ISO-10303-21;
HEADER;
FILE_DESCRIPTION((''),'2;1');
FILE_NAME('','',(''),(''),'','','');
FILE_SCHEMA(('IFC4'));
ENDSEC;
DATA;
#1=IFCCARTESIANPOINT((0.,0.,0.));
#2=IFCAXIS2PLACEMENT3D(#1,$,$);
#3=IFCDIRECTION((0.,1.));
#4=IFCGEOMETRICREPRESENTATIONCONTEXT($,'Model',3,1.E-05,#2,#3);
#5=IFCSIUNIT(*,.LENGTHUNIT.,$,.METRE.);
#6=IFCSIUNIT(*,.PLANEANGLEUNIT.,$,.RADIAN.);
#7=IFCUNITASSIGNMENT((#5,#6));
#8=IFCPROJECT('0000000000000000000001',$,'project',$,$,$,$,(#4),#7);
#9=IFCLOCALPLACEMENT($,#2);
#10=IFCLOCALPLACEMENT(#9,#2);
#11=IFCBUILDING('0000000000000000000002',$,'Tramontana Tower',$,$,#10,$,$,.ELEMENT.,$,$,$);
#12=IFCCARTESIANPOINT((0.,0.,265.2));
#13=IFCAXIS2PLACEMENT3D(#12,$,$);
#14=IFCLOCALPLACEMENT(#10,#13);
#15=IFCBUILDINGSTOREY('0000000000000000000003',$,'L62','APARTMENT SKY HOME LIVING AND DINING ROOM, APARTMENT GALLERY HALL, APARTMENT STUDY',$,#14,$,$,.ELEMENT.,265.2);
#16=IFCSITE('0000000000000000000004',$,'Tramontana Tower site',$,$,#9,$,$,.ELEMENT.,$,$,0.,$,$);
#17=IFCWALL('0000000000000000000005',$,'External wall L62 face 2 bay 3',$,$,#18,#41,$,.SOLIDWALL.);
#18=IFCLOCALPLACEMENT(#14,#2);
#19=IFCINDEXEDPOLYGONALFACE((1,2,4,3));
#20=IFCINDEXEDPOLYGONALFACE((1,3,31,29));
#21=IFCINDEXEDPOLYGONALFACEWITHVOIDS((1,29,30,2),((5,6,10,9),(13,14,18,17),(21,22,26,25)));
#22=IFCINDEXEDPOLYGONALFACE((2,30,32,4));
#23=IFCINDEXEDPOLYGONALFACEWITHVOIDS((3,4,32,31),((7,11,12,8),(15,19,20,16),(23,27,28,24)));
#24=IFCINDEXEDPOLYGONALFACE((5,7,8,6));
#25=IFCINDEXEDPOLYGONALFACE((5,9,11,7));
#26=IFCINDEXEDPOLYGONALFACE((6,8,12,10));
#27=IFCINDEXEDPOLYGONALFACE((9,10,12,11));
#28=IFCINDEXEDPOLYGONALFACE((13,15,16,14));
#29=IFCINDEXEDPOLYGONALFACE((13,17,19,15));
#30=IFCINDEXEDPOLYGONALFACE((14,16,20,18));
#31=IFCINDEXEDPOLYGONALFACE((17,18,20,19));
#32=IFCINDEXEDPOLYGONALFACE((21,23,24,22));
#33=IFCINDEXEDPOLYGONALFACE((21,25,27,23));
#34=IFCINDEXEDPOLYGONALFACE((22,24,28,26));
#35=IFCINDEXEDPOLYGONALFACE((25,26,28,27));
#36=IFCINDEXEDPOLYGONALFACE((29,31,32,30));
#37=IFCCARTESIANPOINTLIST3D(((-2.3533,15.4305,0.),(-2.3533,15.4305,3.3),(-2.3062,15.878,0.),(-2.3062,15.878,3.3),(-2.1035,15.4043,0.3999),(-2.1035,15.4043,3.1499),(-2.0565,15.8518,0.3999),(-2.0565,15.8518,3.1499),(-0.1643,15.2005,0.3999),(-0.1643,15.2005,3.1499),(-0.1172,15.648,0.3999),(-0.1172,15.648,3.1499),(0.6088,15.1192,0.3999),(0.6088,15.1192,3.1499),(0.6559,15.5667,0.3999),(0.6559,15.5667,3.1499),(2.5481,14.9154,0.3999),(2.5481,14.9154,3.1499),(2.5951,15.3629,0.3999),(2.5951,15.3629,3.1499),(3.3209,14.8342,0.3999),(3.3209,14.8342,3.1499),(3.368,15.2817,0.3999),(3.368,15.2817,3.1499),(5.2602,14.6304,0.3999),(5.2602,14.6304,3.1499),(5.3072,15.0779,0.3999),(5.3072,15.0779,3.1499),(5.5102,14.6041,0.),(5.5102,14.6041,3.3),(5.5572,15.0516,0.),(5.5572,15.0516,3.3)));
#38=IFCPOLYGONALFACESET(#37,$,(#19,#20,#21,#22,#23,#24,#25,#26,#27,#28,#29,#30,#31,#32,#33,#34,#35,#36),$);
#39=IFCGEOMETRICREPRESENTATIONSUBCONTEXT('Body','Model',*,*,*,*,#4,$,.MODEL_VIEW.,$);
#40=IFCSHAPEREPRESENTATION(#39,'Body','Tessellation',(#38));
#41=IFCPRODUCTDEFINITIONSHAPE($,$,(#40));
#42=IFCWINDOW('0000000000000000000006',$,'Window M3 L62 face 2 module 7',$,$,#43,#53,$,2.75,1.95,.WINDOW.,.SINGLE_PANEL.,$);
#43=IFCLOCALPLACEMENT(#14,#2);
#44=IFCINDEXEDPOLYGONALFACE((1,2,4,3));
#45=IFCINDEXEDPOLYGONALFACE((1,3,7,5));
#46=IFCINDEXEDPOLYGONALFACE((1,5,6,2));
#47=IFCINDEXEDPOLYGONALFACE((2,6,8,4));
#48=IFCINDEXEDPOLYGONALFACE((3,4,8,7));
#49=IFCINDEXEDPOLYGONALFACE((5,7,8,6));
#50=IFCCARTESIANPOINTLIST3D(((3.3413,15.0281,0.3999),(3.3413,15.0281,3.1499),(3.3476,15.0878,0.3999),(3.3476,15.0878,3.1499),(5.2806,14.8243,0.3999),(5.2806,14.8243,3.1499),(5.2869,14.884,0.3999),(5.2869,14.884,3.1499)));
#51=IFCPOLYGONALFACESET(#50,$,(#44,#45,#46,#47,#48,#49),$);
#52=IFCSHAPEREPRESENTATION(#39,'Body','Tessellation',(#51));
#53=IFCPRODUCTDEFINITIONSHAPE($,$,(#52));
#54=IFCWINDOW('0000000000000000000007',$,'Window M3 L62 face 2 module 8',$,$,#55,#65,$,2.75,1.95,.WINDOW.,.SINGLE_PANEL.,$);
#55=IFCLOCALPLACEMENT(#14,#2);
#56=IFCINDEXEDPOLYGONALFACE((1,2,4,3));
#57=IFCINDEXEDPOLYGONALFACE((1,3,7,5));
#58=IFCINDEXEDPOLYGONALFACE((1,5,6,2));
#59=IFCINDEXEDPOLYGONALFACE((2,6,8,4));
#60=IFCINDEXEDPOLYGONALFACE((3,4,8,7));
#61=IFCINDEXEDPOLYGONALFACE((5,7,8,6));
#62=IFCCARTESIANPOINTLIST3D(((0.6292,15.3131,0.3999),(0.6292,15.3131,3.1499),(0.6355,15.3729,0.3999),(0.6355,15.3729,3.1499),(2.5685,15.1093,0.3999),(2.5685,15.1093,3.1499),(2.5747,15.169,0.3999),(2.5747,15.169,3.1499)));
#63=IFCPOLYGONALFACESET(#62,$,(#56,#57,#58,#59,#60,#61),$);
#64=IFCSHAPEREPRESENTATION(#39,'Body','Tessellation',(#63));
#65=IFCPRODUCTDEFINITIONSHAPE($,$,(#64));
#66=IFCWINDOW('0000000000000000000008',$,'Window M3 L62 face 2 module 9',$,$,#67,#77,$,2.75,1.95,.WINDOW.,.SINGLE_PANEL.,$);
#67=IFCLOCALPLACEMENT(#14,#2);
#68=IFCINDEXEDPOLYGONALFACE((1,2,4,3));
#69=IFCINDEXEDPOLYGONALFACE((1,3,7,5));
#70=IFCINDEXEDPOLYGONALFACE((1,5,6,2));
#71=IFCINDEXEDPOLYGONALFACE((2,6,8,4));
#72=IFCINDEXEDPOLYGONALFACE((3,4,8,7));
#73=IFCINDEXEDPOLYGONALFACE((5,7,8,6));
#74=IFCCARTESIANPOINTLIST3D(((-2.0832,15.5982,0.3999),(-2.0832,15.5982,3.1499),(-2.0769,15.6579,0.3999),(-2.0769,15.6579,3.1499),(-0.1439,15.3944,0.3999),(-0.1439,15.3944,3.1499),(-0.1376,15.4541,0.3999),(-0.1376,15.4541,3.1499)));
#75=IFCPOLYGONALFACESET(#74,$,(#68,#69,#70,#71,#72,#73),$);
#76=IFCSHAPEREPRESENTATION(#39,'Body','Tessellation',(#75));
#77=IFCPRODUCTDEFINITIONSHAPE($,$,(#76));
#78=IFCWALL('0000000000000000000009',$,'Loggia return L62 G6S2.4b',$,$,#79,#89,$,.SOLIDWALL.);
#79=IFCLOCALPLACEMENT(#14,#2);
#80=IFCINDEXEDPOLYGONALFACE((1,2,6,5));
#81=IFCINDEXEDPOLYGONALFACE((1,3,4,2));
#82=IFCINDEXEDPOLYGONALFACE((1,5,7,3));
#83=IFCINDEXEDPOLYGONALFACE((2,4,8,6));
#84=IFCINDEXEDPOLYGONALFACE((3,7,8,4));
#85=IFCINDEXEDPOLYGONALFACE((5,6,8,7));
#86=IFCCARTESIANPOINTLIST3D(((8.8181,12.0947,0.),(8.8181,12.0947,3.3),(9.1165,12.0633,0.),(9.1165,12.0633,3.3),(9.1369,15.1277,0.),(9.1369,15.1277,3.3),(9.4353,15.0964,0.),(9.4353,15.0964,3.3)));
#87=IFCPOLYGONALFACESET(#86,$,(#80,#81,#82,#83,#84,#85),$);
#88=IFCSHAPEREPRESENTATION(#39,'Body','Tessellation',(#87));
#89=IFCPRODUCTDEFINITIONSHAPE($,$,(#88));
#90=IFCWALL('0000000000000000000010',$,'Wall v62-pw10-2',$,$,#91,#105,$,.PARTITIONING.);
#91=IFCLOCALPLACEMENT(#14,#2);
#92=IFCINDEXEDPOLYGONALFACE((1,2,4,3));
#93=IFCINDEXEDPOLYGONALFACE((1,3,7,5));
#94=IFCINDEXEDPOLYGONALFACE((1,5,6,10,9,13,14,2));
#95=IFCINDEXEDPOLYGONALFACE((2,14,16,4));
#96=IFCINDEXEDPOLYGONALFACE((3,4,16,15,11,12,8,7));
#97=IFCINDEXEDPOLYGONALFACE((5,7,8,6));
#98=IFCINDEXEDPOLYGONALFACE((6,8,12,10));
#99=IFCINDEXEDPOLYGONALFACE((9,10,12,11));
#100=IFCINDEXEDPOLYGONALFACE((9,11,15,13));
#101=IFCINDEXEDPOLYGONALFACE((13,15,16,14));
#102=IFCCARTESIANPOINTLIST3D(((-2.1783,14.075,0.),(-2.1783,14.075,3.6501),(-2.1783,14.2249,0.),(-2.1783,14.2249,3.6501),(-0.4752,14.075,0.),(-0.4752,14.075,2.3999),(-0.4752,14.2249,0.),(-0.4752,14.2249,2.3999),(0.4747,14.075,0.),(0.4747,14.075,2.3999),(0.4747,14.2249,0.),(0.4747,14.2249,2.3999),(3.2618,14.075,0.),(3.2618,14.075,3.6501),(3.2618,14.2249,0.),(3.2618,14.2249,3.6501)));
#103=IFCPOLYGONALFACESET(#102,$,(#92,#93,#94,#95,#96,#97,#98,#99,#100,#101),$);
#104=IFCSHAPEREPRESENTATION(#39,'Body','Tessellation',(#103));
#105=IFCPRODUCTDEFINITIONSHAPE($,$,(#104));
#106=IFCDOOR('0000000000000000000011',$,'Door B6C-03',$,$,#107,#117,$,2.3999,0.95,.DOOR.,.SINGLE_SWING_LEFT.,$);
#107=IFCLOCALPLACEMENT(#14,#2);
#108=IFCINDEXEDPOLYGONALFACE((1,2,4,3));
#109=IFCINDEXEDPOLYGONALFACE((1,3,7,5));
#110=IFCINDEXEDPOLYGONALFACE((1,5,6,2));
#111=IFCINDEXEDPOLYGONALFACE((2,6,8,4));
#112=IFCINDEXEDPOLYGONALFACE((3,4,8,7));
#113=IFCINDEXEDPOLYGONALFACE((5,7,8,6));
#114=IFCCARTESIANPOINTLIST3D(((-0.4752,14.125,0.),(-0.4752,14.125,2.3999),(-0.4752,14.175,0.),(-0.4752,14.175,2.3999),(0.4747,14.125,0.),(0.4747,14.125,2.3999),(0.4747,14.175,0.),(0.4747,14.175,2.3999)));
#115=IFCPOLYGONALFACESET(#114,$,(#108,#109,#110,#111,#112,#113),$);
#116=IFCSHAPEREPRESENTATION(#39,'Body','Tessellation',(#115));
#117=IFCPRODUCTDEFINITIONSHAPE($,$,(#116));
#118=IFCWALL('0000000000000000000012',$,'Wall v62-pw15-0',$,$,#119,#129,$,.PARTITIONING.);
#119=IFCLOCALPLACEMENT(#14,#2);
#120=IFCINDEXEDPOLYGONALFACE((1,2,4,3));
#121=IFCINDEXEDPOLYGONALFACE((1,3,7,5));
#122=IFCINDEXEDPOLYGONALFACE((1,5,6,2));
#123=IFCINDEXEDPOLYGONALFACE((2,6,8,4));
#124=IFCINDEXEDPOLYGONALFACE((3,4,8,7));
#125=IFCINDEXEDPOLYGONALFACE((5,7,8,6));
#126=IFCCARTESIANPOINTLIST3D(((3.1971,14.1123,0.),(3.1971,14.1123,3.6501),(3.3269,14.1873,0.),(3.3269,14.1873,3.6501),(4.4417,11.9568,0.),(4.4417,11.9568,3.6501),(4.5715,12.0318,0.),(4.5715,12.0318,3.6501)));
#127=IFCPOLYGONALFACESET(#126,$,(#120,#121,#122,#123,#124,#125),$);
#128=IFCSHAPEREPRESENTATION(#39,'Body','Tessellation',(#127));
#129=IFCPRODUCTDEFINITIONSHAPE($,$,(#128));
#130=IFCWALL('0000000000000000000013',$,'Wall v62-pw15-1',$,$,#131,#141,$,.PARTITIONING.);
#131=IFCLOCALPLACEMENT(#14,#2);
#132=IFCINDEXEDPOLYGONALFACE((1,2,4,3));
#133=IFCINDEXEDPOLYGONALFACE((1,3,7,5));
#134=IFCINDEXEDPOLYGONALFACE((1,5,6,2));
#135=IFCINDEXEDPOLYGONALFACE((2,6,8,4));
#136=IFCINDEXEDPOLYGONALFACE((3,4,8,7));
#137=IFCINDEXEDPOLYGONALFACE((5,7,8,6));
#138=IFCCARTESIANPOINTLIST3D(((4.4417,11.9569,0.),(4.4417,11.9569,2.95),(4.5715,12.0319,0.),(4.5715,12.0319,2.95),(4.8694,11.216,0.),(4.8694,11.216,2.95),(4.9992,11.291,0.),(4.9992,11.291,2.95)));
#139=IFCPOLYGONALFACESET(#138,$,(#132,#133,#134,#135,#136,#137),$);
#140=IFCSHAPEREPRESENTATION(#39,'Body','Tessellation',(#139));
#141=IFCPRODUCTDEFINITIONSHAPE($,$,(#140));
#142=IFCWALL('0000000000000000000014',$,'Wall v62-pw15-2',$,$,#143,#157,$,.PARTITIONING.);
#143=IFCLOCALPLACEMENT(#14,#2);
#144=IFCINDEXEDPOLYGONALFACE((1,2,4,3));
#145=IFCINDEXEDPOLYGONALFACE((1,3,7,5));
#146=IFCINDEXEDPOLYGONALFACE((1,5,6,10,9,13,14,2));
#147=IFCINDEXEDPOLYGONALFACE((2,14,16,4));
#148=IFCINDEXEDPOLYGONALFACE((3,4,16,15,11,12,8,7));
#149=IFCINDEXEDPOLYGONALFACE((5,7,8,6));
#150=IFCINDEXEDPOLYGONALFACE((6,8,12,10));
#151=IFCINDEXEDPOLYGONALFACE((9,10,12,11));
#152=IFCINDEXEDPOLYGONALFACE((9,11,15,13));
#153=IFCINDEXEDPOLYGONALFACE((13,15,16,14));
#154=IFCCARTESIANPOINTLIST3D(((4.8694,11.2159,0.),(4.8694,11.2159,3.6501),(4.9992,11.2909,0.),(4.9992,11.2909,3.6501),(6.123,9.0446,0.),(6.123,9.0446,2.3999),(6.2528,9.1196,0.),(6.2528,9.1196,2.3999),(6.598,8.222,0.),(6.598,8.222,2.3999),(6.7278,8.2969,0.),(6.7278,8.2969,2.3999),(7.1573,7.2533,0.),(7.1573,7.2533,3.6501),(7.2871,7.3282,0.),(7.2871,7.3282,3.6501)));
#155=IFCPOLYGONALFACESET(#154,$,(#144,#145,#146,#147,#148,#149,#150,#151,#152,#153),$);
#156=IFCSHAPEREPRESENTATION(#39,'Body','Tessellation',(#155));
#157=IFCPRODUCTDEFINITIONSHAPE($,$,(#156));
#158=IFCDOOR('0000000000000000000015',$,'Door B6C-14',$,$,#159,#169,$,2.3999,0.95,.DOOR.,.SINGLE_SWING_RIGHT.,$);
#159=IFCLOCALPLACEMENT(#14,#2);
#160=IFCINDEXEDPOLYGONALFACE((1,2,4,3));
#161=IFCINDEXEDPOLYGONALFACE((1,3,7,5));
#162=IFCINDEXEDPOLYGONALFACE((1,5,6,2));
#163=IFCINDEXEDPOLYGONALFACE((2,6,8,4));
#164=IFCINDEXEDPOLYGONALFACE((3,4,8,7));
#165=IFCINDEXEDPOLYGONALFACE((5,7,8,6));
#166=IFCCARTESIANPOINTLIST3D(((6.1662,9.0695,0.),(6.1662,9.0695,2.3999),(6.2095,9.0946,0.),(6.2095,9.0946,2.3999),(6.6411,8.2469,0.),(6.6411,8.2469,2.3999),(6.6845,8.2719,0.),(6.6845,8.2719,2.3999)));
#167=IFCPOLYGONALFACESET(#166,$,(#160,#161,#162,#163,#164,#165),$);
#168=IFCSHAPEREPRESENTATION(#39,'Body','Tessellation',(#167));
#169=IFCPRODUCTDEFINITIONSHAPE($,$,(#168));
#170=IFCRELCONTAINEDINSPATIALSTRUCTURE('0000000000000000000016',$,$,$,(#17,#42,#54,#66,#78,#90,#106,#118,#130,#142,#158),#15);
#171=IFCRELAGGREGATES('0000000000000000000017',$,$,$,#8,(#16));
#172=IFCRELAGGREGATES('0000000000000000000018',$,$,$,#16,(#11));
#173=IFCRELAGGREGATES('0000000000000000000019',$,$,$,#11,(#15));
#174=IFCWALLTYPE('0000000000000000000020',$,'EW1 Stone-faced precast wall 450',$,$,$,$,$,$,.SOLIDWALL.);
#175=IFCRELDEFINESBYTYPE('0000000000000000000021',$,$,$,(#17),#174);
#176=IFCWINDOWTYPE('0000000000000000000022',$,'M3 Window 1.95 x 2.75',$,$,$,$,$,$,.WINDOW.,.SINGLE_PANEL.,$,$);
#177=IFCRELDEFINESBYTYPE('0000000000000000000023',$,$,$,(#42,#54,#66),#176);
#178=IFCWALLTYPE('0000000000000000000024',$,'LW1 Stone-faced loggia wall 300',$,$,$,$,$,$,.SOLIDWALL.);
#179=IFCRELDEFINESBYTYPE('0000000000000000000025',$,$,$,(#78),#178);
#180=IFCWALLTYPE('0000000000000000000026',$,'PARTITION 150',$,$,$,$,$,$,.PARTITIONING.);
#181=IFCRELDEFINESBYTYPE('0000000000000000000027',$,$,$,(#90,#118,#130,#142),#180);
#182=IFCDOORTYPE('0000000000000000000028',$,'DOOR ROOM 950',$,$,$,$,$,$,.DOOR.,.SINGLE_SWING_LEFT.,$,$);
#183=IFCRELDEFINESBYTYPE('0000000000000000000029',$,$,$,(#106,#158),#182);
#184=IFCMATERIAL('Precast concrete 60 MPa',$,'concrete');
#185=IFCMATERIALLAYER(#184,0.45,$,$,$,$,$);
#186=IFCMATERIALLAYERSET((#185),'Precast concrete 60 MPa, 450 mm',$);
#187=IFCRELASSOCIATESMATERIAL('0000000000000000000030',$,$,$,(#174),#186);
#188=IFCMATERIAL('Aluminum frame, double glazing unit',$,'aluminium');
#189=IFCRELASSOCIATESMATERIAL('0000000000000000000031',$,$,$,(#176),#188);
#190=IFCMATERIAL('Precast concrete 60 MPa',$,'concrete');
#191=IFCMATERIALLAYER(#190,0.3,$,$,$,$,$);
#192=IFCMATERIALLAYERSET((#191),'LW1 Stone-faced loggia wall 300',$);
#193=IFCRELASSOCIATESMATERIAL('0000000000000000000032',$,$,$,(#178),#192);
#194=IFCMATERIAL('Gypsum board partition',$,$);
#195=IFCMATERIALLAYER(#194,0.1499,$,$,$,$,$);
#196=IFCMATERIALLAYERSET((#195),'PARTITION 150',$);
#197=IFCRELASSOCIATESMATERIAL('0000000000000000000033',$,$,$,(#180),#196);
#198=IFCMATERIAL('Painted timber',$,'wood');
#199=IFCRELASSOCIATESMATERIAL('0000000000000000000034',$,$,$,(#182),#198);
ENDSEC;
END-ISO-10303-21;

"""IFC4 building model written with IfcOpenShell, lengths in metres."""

from ifc_helpers import new_model, si_unit, direction, frame, frame_2d, origin, place, context, subcontext, project, spatial, rectangle, extrude, material, layer, layer_set, type_object, element, fill, save


model = new_model("IFC4")

# Units and contexts
model_context = context("Model", 3, precision=1e-05, world=origin(), true_north=direction((0.0, 1.0)))
body_context = subcontext(model_context, "Body", "Model", "MODEL_VIEW")
ifc_project = project(units=[si_unit("LENGTHUNIT", "METRE"), si_unit("PLANEANGLEUNIT", "RADIAN")], contexts=[model_context])

# Site, building, storey
site_placement = place(None, origin())
site = spatial("IfcSite", under=ifc_project, at=site_placement, Name="Tramontana Tower site", CompositionType="ELEMENT", RefElevation=0.0)
building_placement = place(site_placement, origin())
building = spatial("IfcBuilding", under=site, at=building_placement, Name="Tramontana Tower", CompositionType="ELEMENT")
storey_placement = place(building_placement, frame((0.0, 0.0, 265.2)))
storey = spatial("IfcBuildingStorey", under=building, at=storey_placement, Name="L62", Description="APARTMENT SKY HOME LIVING AND DINING ROOM, APARTMENT GALLERY HALL, APARTMENT STUDY", CompositionType="ELEMENT", Elevation=265.2)

# Shared definitions
ifc_material_1 = material(Name="Precast concrete 60 MPa", Category="concrete")
ifc_layer_1 = layer(ifc_material_1, 0.45)
ifc_layer_set_1 = layer_set([ifc_layer_1], Name="Precast concrete 60 MPa, 450 mm")
wall_type_1 = type_object("IfcWallType", Name="EW1 Stone-faced precast wall 450", PredefinedType="SOLIDWALL", material=ifc_layer_set_1)
ifc_material_2 = material(Name="Aluminum frame, double glazing unit", Category="aluminium")
window_type = type_object("IfcWindowType", Name="M3 Window 1.95 x 2.75", PartitioningType="SINGLE_PANEL", PredefinedType="WINDOW", material=ifc_material_2)

# Wall, openings, windows
wall_1_placement = place(storey_placement, frame((5.5337, 14.8279, 0.0), z_axis=(0.0, 0.0, 1.0), x_axis=(-0.994523, 0.104519, 0.0)))
wall_1 = element("IfcWall", 1, at=wall_1_placement, inside=storey, type_object=wall_type_1, Name="External wall L62 face 2 bay 3", PredefinedType="SOLIDWALL", context=body_context, shape_type="SweptSolid", body=[
    extrude(rectangle(XDim=7.9067, YDim=0.45, at=frame_2d((3.9534, 0.0))), origin(), (0.0, 0.0, 1.0), 3.3),
])
opening_1_placement = place(wall_1_placement, frame((0.2512, 0.0, 0.3999)))
opening_1 = element("IfcOpeningElement", 2, at=opening_1_placement, cuts=wall_1, PredefinedType="OPENING", context=body_context, shape_type="SweptSolid", body=[
    extrude(rectangle(XDim=1.95, YDim=2.75, at=frame_2d((0.9751, 1.375))), frame((0.0, 0.2349, 0.0), z_axis=(0.0, -1.0, 0.0), x_axis=(1.0, 0.0, 0.0)), (0.0, 0.0, 1.0), 0.47),
])
opening_2_placement = place(wall_1_placement, frame((2.9783, 0.0, 0.3999)))
opening_2 = element("IfcOpeningElement", 3, at=opening_2_placement, cuts=wall_1, PredefinedType="OPENING", context=body_context, shape_type="SweptSolid", body=[
    extrude(rectangle(XDim=1.95, YDim=2.75, at=frame_2d((0.9751, 1.375))), frame((0.0, 0.2349, 0.0), z_axis=(0.0, -1.0, 0.0), x_axis=(1.0, 0.0, 0.0)), (0.0, 0.0, 1.0), 0.47),
])
opening_3_placement = place(wall_1_placement, frame((5.7056, 0.0, 0.3999)))
opening_3 = element("IfcOpeningElement", 4, at=opening_3_placement, cuts=wall_1, PredefinedType="OPENING", context=body_context, shape_type="SweptSolid", body=[
    extrude(rectangle(XDim=1.95, YDim=2.75, at=frame_2d((0.9751, 1.375))), frame((0.0, 0.2349, 0.0), z_axis=(0.0, -1.0, 0.0), x_axis=(1.0, 0.0, 0.0)), (0.0, 0.0, 1.0), 0.47),
])
window_1_placement = place(opening_1_placement, origin())
window_1 = element("IfcWindow", 5, at=window_1_placement, inside=storey, type_object=window_type, Name="Window M3 L62 face 2 module 7", OverallHeight=2.75, OverallWidth=1.95, PartitioningType="SINGLE_PANEL", PredefinedType="WINDOW", context=body_context, shape_type="SweptSolid", body=[
    extrude(rectangle(XDim=1.95, YDim=2.75, at=frame_2d((0.9751, 1.375))), frame((0.0, 0.03, 0.0), z_axis=(0.0, -1.0, 0.0), x_axis=(1.0, 0.0, 0.0)), (0.0, 0.0, 1.0), 0.0601),
])
fill(opening_1, window_1)
window_2_placement = place(opening_2_placement, origin())
window_2 = element("IfcWindow", 6, at=window_2_placement, inside=storey, type_object=window_type, Name="Window M3 L62 face 2 module 8", OverallHeight=2.75, OverallWidth=1.95, PartitioningType="SINGLE_PANEL", PredefinedType="WINDOW", context=body_context, shape_type="SweptSolid", body=[
    extrude(rectangle(XDim=1.95, YDim=2.75, at=frame_2d((0.9751, 1.375))), frame((0.0, 0.03, 0.0), z_axis=(0.0, -1.0, 0.0), x_axis=(1.0, 0.0, 0.0)), (0.0, 0.0, 1.0), 0.0601),
])
fill(opening_2, window_2)
window_3_placement = place(opening_3_placement, origin())
window_3 = element("IfcWindow", 7, at=window_3_placement, inside=storey, type_object=window_type, Name="Window M3 L62 face 2 module 9", OverallHeight=2.75, OverallWidth=1.95, PartitioningType="SINGLE_PANEL", PredefinedType="WINDOW", context=body_context, shape_type="SweptSolid", body=[
    extrude(rectangle(XDim=1.95, YDim=2.75, at=frame_2d((0.9751, 1.375))), frame((0.0, 0.03, 0.0), z_axis=(0.0, -1.0, 0.0), x_axis=(1.0, 0.0, 0.0)), (0.0, 0.0, 1.0), 0.0601),
])
fill(opening_3, window_3)

# Wall
ifc_material_3 = material(Name="Precast concrete 60 MPa", Category="concrete")
ifc_layer_2 = layer(ifc_material_3, 0.3)
ifc_layer_set_2 = layer_set([ifc_layer_2], Name="LW1 Stone-faced loggia wall 300")
wall_type_2 = type_object("IfcWallType", Name="LW1 Stone-faced loggia wall 300", PredefinedType="SOLIDWALL", material=ifc_layer_set_2)
wall_2_placement = place(storey_placement, frame((9.2861, 15.1121, 0.0), z_axis=(0.0, 0.0, 1.0), x_axis=(-0.104543, -0.99452, 0.0)))
element("IfcWall", 8, at=wall_2_placement, inside=storey, type_object=wall_type_2, Name="Loggia return L62 G6S2.4b", PredefinedType="SOLIDWALL", context=body_context, shape_type="SweptSolid", body=[
    extrude(rectangle(XDim=3.0498, YDim=0.3, at=frame_2d((1.5249, 0.0))), origin(), (0.0, 0.0, 1.0), 3.3),
])

# Wall, opening, door
ifc_material_4 = material(Name="Gypsum board partition")
ifc_layer_3 = layer(ifc_material_4, 0.1499)
ifc_layer_set_3 = layer_set([ifc_layer_3], Name="PARTITION 150")
wall_type_3 = type_object("IfcWallType", Name="PARTITION 150", PredefinedType="PARTITIONING", material=ifc_layer_set_3)
wall_3_placement = place(storey_placement, frame((3.262, 14.1499, 0.0), z_axis=(0.0, 0.0, 1.0), x_axis=(-1.0, 0.0, 0.0)))
wall_3 = element("IfcWall", 9, at=wall_3_placement, inside=storey, type_object=wall_type_3, Name="Wall v62-pw10-2", PredefinedType="PARTITIONING", context=body_context, shape_type="SweptSolid", body=[
    extrude(rectangle(XDim=5.4402, YDim=0.1499, at=frame_2d((2.7202, 0.0))), origin(), (0.0, 0.0, 1.0), 3.6501),
])
opening_4_placement = place(wall_3_placement, frame((2.7871, 0.0, 0.0)))
opening_4 = element("IfcOpeningElement", 10, at=opening_4_placement, cuts=wall_3, PredefinedType="OPENING", context=body_context, shape_type="SweptSolid", body=[
    extrude(rectangle(XDim=0.95, YDim=2.3999, at=frame_2d((0.4751, 1.2))), frame((0.0, 0.085, 0.0), z_axis=(0.0, -1.0, 0.0), x_axis=(1.0, 0.0, 0.0)), (0.0, 0.0, 1.0), 0.1699),
])
ifc_material_5 = material(Name="Painted timber", Category="wood")
door_type_1 = type_object("IfcDoorType", Name="DOOR ROOM 950", OperationType="SINGLE_SWING_LEFT", PredefinedType="DOOR", material=ifc_material_5)
door_1_placement = place(opening_4_placement, origin())
door_1 = element("IfcDoor", 11, at=door_1_placement, inside=storey, type_object=door_type_1, Name="Door B6C-03", OperationType="SINGLE_SWING_LEFT", OverallHeight=2.3999, OverallWidth=0.95, PredefinedType="DOOR", context=body_context, shape_type="SweptSolid", body=[
    extrude(rectangle(XDim=0.95, YDim=2.3999, at=frame_2d((0.4751, 1.2))), frame((0.0, 0.0249, 0.0), z_axis=(0.0, -1.0, 0.0), x_axis=(1.0, 0.0, 0.0)), (0.0, 0.0, 1.0), 0.05),
])
fill(opening_4, door_1)

# Walls
wall_4_placement = place(storey_placement, frame((3.262, 14.1499, 0.0), z_axis=(0.0, 0.0, 1.0), x_axis=(0.500042, -0.866001, 0.0)))
element("IfcWall", 12, at=wall_4_placement, inside=storey, type_object=wall_type_3, Name="Wall v62-pw15-0", PredefinedType="PARTITIONING", context=body_context, shape_type="SweptSolid", body=[
    extrude(rectangle(XDim=2.489, YDim=0.1499, at=frame_2d((1.2446, 0.0))), origin(), (0.0, 0.0, 1.0), 3.6501),
])
wall_5_placement = place(storey_placement, frame((4.5066, 11.9944, 0.0), z_axis=(0.0, 0.0, 1.0), x_axis=(0.499945, -0.866057, 0.0)))
element("IfcWall", 13, at=wall_5_placement, inside=storey, type_object=wall_type_3, Name="Wall v62-pw15-1", PredefinedType="PARTITIONING", context=body_context, shape_type="SweptSolid", body=[
    extrude(rectangle(XDim=0.8555, YDim=0.1499, at=frame_2d((0.4277, 0.0))), origin(), (0.0, 0.0, 1.0), 2.95),
])

# Wall, opening, door
wall_6_placement = place(storey_placement, frame((4.9343, 11.2534, 0.0), z_axis=(0.0, 0.0, 1.0), x_axis=(0.500001, -0.866025, 0.0)))
wall_6 = element("IfcWall", 14, at=wall_6_placement, inside=storey, type_object=wall_type_3, Name="Wall v62-pw15-2", PredefinedType="PARTITIONING", context=body_context, shape_type="SweptSolid", body=[
    extrude(rectangle(XDim=4.5757, YDim=0.1499, at=frame_2d((2.2878, 0.0))), origin(), (0.0, 0.0, 1.0), 3.6501),
])
opening_5_placement = place(wall_6_placement, frame((2.5071, 0.0, 0.0)))
opening_5 = element("IfcOpeningElement", 15, at=opening_5_placement, cuts=wall_6, PredefinedType="OPENING", context=body_context, shape_type="SweptSolid", body=[
    extrude(rectangle(XDim=0.95, YDim=2.3999, at=frame_2d((0.4751, 1.2))), frame((0.0, 0.085, 0.0), z_axis=(0.0, -1.0, 0.0), x_axis=(1.0, 0.0, 0.0)), (0.0, 0.0, 1.0), 0.1699),
])
door_2_placement = place(opening_5_placement, origin())
door_2 = element("IfcDoor", 16, at=door_2_placement, inside=storey, type_object=door_type_1, Name="Door B6C-14", OperationType="SINGLE_SWING_RIGHT", OverallHeight=2.3999, OverallWidth=0.95, PredefinedType="DOOR", context=body_context, shape_type="SweptSolid", body=[
    extrude(rectangle(XDim=0.95, YDim=2.3999, at=frame_2d((0.4751, 1.2))), frame((0.0, 0.0249, 0.0), z_axis=(0.0, -1.0, 0.0), x_axis=(1.0, 0.0, 0.0)), (0.0, 0.0, 1.0), 0.05),
])
fill(opening_5, door_2)

save(model, "model.ifc")
